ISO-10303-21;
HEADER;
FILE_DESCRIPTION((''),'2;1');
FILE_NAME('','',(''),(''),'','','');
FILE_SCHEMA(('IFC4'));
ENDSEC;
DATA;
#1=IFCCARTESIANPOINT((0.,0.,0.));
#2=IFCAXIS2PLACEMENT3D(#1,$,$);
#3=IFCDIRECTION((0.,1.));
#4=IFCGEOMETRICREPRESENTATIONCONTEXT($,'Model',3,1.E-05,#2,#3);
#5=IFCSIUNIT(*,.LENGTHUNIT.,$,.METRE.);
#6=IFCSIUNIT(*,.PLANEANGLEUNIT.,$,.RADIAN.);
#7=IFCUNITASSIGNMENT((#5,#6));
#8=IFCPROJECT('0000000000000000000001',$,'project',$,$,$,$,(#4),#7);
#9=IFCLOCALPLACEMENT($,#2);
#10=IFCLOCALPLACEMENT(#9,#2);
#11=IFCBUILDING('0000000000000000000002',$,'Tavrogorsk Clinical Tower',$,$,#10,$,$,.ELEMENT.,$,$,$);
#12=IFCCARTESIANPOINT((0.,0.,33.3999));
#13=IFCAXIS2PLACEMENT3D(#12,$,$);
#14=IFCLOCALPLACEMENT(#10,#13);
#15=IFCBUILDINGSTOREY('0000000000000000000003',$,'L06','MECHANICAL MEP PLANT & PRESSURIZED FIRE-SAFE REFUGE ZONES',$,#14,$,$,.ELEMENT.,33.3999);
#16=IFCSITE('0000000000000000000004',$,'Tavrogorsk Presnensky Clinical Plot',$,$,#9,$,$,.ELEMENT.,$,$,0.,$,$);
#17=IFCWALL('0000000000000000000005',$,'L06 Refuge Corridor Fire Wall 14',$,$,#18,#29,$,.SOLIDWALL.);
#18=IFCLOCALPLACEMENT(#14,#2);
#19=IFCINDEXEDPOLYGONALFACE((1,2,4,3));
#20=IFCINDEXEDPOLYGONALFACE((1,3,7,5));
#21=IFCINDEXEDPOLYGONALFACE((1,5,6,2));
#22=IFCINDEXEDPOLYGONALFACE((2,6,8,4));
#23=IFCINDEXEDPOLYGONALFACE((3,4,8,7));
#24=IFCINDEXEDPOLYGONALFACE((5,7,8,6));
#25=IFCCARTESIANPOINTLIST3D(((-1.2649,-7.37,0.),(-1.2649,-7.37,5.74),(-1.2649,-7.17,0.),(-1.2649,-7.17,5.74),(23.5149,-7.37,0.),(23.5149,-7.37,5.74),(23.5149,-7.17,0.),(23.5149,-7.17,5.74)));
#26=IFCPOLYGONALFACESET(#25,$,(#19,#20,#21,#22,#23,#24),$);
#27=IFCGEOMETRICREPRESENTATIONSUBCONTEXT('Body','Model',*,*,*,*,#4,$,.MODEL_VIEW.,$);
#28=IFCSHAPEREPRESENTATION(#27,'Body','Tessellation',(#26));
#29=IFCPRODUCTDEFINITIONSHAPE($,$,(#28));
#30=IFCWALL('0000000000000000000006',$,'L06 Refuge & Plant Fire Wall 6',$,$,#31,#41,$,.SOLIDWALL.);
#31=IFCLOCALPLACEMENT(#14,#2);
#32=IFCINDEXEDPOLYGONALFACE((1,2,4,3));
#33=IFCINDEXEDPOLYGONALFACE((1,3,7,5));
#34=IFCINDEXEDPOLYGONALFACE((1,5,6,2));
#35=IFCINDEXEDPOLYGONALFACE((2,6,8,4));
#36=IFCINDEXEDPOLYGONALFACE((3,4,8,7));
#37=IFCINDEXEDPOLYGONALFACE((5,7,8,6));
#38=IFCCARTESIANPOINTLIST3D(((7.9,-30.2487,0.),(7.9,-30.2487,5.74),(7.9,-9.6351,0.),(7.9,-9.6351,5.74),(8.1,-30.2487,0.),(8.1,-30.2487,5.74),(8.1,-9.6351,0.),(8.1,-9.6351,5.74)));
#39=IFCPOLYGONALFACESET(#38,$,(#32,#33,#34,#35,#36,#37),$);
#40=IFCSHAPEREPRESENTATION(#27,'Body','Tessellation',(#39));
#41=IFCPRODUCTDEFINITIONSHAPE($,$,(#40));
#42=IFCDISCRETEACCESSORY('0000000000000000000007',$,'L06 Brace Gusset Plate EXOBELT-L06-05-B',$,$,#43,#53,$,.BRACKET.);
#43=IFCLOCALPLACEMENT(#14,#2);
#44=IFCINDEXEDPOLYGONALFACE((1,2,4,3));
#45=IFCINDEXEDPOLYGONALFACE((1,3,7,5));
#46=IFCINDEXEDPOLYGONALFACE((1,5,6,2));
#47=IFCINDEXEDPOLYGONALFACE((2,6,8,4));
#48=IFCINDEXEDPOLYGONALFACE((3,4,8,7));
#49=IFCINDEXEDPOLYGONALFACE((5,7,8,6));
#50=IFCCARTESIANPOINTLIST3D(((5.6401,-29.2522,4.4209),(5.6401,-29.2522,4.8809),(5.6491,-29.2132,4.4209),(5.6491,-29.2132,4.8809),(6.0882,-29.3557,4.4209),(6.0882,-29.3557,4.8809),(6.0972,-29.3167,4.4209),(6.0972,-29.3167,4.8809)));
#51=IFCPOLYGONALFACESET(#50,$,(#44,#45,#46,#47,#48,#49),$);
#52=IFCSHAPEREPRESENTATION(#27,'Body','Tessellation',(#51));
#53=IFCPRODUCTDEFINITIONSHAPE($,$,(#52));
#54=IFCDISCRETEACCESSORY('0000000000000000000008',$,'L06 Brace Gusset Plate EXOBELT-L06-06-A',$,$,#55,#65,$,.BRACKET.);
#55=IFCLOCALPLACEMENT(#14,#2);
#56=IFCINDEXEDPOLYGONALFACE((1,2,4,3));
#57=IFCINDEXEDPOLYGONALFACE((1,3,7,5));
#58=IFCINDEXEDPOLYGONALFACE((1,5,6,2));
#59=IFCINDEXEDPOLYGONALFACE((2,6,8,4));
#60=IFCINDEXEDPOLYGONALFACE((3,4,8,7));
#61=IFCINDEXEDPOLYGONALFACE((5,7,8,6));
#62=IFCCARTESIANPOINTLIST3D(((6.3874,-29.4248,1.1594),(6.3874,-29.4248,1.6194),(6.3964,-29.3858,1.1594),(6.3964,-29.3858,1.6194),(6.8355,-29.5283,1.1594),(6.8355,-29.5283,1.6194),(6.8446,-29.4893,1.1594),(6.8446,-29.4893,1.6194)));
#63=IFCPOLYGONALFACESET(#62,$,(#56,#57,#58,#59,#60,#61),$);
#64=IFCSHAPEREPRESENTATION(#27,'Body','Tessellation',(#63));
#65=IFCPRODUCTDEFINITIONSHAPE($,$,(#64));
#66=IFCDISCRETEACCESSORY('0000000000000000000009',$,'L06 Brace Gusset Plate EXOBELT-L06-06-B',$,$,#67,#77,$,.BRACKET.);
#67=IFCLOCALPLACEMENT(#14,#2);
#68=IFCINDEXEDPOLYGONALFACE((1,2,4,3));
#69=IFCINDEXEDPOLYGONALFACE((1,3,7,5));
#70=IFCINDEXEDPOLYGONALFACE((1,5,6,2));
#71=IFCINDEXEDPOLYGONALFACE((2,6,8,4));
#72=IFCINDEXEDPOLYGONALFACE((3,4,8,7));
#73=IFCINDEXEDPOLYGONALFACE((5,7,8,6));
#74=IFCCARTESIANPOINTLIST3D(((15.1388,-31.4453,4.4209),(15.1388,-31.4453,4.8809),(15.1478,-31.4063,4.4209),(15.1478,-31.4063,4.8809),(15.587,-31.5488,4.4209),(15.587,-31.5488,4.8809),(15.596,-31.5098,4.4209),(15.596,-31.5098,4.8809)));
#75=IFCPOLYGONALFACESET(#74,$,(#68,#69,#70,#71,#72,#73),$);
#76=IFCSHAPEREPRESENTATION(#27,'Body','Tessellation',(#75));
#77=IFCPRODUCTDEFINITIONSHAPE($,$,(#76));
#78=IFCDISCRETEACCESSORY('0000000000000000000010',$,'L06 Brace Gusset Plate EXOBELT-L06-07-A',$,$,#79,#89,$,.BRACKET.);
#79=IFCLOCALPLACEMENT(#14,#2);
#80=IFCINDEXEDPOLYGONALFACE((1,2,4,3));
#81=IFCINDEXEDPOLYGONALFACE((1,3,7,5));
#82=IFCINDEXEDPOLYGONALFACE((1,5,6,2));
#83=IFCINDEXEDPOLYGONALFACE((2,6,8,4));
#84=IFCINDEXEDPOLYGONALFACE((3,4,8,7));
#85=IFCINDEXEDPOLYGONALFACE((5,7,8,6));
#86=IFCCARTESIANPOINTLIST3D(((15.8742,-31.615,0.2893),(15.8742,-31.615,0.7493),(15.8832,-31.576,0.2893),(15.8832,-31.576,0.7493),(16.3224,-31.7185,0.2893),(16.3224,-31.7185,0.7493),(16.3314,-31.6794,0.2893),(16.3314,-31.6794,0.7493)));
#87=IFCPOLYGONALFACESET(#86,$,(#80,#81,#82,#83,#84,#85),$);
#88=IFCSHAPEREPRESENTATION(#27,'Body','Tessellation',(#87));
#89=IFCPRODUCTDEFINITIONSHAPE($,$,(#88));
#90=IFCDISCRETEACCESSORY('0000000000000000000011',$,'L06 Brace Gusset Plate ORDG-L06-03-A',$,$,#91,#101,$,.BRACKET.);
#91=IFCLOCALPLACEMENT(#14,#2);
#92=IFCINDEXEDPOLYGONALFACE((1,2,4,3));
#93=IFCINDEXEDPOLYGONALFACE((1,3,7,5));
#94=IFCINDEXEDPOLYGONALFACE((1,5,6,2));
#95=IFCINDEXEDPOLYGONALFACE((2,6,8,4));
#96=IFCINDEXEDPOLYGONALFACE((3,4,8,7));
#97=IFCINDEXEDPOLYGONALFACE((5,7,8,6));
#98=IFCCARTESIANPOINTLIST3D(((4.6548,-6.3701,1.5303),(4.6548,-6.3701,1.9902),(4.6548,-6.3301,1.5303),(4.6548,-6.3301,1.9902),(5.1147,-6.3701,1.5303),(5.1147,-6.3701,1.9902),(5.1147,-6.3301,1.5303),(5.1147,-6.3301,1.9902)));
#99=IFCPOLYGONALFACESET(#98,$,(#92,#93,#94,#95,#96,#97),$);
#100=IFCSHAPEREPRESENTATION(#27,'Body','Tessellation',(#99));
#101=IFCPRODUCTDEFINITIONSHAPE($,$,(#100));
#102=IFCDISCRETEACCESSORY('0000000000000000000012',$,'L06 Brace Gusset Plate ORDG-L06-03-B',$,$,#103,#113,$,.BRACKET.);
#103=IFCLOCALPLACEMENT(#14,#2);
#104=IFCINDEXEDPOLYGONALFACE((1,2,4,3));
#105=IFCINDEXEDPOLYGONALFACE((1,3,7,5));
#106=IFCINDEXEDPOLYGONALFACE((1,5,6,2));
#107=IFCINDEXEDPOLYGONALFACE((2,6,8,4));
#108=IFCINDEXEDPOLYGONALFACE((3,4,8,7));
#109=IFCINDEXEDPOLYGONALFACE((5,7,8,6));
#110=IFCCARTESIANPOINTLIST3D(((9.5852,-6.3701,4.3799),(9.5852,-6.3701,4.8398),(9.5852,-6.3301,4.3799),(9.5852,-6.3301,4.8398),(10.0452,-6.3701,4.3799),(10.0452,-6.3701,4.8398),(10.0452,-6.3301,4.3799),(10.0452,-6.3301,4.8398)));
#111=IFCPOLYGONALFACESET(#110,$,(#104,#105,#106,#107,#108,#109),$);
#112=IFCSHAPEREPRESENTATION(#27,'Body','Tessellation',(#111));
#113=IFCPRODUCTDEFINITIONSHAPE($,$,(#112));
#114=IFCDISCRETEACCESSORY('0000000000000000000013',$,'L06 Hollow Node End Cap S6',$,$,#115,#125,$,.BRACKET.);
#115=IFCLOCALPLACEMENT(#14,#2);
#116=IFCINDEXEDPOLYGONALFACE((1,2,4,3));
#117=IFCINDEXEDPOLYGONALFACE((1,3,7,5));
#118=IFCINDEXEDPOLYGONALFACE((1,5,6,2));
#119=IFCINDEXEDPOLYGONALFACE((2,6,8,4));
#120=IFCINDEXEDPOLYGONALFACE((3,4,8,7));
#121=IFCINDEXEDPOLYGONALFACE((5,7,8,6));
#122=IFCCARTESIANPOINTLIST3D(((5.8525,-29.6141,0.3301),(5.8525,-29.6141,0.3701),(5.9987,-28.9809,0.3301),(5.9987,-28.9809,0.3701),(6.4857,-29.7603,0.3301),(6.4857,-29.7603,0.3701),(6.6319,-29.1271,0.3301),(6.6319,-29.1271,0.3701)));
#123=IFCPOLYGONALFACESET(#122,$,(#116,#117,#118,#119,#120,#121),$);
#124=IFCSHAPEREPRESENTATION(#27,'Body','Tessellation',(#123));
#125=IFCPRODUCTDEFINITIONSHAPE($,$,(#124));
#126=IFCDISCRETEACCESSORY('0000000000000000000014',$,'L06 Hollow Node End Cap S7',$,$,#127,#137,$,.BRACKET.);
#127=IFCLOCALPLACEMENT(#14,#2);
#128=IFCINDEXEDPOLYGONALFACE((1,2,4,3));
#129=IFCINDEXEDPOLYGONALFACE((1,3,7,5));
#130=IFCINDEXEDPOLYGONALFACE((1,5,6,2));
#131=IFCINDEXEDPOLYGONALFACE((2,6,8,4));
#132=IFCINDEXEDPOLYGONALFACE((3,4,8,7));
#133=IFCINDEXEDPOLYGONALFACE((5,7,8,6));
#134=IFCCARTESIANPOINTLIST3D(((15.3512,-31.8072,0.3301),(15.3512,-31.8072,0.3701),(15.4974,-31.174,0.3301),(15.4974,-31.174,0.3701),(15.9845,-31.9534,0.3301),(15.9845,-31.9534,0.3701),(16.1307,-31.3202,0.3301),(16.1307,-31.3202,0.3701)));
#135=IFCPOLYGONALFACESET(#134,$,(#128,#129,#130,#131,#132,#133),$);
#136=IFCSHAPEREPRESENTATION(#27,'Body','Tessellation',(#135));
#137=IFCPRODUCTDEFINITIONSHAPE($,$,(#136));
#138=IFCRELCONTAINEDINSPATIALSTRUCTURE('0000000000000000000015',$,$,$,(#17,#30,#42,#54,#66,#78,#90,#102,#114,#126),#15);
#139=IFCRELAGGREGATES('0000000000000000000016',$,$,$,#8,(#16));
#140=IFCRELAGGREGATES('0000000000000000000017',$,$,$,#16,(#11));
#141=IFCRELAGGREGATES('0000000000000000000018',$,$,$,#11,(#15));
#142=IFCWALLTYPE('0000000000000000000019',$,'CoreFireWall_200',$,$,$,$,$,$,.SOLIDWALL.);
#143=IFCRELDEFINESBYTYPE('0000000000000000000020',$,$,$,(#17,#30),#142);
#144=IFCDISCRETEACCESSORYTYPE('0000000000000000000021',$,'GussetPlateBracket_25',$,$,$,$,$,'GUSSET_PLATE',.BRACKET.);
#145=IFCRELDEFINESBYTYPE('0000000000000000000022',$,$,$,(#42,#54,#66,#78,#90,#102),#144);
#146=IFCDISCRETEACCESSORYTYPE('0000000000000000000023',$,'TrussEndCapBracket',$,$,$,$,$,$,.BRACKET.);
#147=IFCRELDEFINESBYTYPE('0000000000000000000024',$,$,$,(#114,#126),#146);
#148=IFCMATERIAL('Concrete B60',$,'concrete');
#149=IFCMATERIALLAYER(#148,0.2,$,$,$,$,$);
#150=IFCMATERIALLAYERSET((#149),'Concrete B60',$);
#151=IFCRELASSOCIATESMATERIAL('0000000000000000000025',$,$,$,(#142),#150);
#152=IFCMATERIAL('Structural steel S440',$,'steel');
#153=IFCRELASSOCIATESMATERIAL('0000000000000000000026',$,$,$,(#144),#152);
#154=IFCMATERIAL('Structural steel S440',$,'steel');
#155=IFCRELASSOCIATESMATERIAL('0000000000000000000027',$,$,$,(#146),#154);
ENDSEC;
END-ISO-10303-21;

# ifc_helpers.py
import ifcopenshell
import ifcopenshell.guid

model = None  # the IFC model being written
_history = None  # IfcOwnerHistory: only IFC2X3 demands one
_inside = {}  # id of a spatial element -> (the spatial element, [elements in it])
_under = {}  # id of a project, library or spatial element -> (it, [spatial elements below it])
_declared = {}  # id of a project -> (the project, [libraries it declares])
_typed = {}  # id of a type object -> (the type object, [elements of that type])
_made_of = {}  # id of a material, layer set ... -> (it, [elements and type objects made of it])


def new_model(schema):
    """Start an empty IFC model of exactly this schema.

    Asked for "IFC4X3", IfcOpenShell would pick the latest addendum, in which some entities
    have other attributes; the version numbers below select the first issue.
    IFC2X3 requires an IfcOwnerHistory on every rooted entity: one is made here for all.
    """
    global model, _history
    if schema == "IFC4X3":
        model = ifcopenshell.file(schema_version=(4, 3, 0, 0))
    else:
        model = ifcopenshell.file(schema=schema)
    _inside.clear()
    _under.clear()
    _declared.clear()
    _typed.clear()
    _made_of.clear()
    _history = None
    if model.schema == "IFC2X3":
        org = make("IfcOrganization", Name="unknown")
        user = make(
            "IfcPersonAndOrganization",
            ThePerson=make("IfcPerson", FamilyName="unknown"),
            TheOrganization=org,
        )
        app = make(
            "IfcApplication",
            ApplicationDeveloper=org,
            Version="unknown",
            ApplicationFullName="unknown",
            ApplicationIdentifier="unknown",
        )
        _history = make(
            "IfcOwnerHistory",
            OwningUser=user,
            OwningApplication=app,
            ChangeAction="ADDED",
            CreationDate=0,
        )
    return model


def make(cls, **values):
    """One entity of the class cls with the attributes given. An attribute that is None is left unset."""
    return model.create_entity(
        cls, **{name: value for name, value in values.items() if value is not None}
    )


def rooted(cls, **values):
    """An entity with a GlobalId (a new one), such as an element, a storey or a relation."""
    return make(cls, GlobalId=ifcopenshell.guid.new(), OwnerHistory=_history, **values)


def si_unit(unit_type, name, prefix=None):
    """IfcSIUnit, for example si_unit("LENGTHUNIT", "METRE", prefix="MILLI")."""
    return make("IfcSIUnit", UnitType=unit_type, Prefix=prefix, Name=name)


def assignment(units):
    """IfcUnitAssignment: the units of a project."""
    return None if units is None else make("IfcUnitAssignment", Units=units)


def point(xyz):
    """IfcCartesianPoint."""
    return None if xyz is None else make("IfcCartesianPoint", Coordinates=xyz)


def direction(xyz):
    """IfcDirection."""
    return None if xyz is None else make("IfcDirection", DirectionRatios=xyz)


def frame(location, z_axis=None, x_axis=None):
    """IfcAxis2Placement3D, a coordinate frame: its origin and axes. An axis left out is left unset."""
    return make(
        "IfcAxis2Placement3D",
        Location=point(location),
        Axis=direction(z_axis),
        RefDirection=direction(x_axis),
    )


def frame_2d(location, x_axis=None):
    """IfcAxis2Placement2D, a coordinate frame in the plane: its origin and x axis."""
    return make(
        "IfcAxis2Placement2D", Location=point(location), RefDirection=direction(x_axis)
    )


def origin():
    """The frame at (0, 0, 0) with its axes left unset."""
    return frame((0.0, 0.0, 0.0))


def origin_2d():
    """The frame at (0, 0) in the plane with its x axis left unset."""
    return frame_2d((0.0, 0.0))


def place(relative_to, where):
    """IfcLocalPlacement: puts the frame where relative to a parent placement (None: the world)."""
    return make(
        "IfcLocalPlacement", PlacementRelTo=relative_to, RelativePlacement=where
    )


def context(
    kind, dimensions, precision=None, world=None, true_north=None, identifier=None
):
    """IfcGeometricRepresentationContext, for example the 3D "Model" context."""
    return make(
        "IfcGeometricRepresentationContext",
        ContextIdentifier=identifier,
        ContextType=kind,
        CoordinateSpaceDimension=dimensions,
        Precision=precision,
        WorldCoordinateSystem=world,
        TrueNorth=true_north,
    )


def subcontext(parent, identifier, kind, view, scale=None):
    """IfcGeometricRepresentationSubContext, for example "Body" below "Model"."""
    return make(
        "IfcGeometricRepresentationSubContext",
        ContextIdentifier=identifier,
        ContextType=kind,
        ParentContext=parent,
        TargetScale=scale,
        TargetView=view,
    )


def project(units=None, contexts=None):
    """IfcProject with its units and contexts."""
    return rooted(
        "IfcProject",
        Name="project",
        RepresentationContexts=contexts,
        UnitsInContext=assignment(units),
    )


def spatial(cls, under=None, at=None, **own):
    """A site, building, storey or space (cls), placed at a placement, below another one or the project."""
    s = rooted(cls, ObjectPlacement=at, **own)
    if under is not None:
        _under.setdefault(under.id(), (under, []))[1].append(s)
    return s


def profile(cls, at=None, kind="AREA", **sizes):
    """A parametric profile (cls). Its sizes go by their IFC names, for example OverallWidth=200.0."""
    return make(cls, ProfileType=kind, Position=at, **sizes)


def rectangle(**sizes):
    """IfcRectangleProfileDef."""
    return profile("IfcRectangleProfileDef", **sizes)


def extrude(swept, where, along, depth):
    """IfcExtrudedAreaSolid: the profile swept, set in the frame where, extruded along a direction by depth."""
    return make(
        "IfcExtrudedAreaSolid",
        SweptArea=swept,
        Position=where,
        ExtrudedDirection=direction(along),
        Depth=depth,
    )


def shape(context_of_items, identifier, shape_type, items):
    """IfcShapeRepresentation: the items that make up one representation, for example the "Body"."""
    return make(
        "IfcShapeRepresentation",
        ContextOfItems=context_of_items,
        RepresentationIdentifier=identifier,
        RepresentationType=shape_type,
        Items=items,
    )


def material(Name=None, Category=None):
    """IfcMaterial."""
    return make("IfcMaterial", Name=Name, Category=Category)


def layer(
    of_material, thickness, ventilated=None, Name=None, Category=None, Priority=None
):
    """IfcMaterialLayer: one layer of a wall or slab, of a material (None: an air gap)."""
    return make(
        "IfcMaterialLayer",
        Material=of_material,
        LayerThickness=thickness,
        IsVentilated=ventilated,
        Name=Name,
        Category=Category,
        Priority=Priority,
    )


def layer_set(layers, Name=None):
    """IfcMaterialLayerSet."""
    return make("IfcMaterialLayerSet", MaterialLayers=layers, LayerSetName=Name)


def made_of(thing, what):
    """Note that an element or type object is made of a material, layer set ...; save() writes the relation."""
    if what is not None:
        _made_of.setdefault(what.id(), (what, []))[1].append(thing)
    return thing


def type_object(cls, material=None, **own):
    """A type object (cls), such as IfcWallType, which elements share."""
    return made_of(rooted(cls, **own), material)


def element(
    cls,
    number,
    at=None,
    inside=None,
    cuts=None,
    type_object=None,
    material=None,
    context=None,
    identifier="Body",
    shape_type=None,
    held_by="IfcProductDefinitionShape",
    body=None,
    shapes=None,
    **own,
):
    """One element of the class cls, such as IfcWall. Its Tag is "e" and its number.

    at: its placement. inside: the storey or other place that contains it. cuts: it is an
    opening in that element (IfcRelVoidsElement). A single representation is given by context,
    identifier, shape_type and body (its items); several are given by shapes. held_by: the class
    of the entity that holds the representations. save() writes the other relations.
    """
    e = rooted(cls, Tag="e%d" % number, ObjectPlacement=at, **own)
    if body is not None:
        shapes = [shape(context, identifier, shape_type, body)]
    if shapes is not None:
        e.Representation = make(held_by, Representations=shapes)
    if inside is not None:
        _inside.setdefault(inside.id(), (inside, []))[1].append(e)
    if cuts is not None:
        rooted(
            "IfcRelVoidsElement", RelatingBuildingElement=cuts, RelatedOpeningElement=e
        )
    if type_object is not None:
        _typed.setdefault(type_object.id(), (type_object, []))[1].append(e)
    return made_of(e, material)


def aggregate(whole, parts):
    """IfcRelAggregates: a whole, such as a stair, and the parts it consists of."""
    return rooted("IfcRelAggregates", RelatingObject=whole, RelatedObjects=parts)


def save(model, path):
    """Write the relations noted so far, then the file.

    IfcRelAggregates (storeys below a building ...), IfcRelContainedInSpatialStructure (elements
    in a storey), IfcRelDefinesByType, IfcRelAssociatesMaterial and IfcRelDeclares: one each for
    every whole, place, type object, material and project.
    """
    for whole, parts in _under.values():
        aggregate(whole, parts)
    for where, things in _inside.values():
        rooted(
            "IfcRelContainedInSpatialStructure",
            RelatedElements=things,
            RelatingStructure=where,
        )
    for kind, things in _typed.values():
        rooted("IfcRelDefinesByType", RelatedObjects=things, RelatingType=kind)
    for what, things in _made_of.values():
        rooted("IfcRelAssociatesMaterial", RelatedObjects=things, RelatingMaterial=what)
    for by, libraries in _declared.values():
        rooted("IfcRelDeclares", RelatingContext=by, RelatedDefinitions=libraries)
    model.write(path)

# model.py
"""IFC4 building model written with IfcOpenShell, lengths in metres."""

from ifc_helpers import new_model, si_unit, direction, frame, frame_2d, origin, origin_2d, place, context, subcontext, project, spatial, rectangle, extrude, material, layer, layer_set, type_object, element, save


model = new_model("IFC4")

# Units and contexts
model_context = context("Model", 3, precision=1e-05, world=origin(), true_north=direction((0.0, 1.0)))
body_context = subcontext(model_context, "Body", "Model", "MODEL_VIEW")
ifc_project = project(units=[si_unit("LENGTHUNIT", "METRE"), si_unit("PLANEANGLEUNIT", "RADIAN")], contexts=[model_context])

# Site, building, storey
site_placement = place(None, origin())
site = spatial("IfcSite", under=ifc_project, at=site_placement, Name="Tavrogorsk Presnensky Clinical Plot", CompositionType="ELEMENT", RefElevation=0.0)
building_placement = place(site_placement, origin())
building = spatial("IfcBuilding", under=site, at=building_placement, Name="Tavrogorsk Clinical Tower", CompositionType="ELEMENT")
storey_placement = place(building_placement, frame((0.0, 0.0, 33.3999)))
storey = spatial("IfcBuildingStorey", under=building, at=storey_placement, Name="L06", Description="MECHANICAL MEP PLANT & PRESSURIZED FIRE-SAFE REFUGE ZONES", CompositionType="ELEMENT", Elevation=33.3999)

# Walls
ifc_material_1 = material(Name="Concrete B60", Category="concrete")
ifc_layer_1 = layer(ifc_material_1, 0.2)
ifc_layer_set_1 = layer_set([ifc_layer_1], Name="Concrete B60")
wall_type = type_object("IfcWallType", Name="CoreFireWall_200", PredefinedType="SOLIDWALL", material=ifc_layer_set_1)
wall_1_placement = place(storey_placement, frame((-1.2649, -7.27, 0.0), z_axis=(0.0, 0.0, 1.0), x_axis=(1.0, 0.0, 0.0)))
element("IfcWall", 1, at=wall_1_placement, inside=storey, type_object=wall_type, Name="L06 Refuge Corridor Fire Wall 14", PredefinedType="SOLIDWALL", context=body_context, shape_type="SweptSolid", body=[
    extrude(rectangle(XDim=24.7798, YDim=0.2, at=frame_2d((12.3899, 0.0))), origin(), (0.0, 0.0, 1.0), 5.74),
])
wall_2_placement = place(storey_placement, frame((8.0, -30.2485, 0.0), z_axis=(0.0, 0.0, 1.0), x_axis=(0.0, 1.0, 0.0)))
element("IfcWall", 2, at=wall_2_placement, inside=storey, type_object=wall_type, Name="L06 Refuge & Plant Fire Wall 6", PredefinedType="SOLIDWALL", context=body_context, shape_type="SweptSolid", body=[
    extrude(rectangle(XDim=20.6135, YDim=0.2, at=frame_2d((10.3066, 0.0))), origin(), (0.0, 0.0, 1.0), 5.74),
])

# Discrete accessories
ifc_material_2 = material(Name="Structural steel S440", Category="steel")
discrete_accessory_type_1 = type_object("IfcDiscreteAccessoryType", Name="GussetPlateBracket_25", ElementType="GUSSET_PLATE", PredefinedType="BRACKET", material=ifc_material_2)
for number, where, z_axis, x_axis, name in (
    (3, (5.8687, -29.2844, 4.4209), (0.0, 0.0, 1.0), (0.97437, -0.224951, 0.0), "L06 Brace Gusset Plate EXOBELT-L06-05-B"),
    (4, (6.616, -29.457, 1.1594), (0.0, 0.0, 1.0), (0.97437, -0.224951, 0.0), "L06 Brace Gusset Plate EXOBELT-L06-06-A"),
    (5, (15.3674, -31.4775, 4.4209), (0.0, 0.0, 1.0), (0.97437, -0.224951, 0.0), "L06 Brace Gusset Plate EXOBELT-L06-06-B"),
    (6, (16.1028, -31.6472, 0.2893), (0.0, 0.0, 1.0), (0.97437, -0.224951, 0.0), "L06 Brace Gusset Plate EXOBELT-L06-07-A"),
    (7, (4.8848, -6.3501, 1.5303), (0.0, 0.0, 1.0), (1.0, 0.0, 0.0), "L06 Brace Gusset Plate ORDG-L06-03-A"),
    (8, (9.8152, -6.3501, 4.3799), (0.0, 0.0, 1.0), (1.0, 0.0, 0.0), "L06 Brace Gusset Plate ORDG-L06-03-B"),
):
    element("IfcDiscreteAccessory", number, at=place(storey_placement, frame(where, z_axis=z_axis, x_axis=x_axis)), inside=storey, type_object=discrete_accessory_type_1, Name=name, PredefinedType="BRACKET", context=body_context, shape_type="SweptSolid", body=[
        extrude(rectangle(XDim=0.46, YDim=0.04, at=origin_2d()), origin(), (0.0, 0.0, 1.0), 0.46),
    ])
ifc_material_3 = material(Name="Structural steel S440", Category="steel")
discrete_accessory_type_2 = type_object("IfcDiscreteAccessoryType", Name="TrussEndCapBracket", PredefinedType="BRACKET", material=ifc_material_3)
for number, where, z_axis, x_axis, name in (
    (9, (6.2422, -29.3706, 0.3301), (0.0, 0.0, 1.0), (0.97437, -0.224951, 0.0), "L06 Hollow Node End Cap S6"),
    (10, (15.741, -31.5637, 0.3301), (0.0, 0.0, 1.0), (0.97437, -0.224951, 0.0), "L06 Hollow Node End Cap S7"),
):
    element("IfcDiscreteAccessory", number, at=place(storey_placement, frame(where, z_axis=z_axis, x_axis=x_axis)), inside=storey, type_object=discrete_accessory_type_2, Name=name, PredefinedType="BRACKET", context=body_context, shape_type="SweptSolid", body=[
        extrude(rectangle(XDim=0.6499, YDim=0.6499, at=origin_2d()), origin(), (0.0, 0.0, 1.0), 0.04),
    ])

save(model, "model.ifc")
